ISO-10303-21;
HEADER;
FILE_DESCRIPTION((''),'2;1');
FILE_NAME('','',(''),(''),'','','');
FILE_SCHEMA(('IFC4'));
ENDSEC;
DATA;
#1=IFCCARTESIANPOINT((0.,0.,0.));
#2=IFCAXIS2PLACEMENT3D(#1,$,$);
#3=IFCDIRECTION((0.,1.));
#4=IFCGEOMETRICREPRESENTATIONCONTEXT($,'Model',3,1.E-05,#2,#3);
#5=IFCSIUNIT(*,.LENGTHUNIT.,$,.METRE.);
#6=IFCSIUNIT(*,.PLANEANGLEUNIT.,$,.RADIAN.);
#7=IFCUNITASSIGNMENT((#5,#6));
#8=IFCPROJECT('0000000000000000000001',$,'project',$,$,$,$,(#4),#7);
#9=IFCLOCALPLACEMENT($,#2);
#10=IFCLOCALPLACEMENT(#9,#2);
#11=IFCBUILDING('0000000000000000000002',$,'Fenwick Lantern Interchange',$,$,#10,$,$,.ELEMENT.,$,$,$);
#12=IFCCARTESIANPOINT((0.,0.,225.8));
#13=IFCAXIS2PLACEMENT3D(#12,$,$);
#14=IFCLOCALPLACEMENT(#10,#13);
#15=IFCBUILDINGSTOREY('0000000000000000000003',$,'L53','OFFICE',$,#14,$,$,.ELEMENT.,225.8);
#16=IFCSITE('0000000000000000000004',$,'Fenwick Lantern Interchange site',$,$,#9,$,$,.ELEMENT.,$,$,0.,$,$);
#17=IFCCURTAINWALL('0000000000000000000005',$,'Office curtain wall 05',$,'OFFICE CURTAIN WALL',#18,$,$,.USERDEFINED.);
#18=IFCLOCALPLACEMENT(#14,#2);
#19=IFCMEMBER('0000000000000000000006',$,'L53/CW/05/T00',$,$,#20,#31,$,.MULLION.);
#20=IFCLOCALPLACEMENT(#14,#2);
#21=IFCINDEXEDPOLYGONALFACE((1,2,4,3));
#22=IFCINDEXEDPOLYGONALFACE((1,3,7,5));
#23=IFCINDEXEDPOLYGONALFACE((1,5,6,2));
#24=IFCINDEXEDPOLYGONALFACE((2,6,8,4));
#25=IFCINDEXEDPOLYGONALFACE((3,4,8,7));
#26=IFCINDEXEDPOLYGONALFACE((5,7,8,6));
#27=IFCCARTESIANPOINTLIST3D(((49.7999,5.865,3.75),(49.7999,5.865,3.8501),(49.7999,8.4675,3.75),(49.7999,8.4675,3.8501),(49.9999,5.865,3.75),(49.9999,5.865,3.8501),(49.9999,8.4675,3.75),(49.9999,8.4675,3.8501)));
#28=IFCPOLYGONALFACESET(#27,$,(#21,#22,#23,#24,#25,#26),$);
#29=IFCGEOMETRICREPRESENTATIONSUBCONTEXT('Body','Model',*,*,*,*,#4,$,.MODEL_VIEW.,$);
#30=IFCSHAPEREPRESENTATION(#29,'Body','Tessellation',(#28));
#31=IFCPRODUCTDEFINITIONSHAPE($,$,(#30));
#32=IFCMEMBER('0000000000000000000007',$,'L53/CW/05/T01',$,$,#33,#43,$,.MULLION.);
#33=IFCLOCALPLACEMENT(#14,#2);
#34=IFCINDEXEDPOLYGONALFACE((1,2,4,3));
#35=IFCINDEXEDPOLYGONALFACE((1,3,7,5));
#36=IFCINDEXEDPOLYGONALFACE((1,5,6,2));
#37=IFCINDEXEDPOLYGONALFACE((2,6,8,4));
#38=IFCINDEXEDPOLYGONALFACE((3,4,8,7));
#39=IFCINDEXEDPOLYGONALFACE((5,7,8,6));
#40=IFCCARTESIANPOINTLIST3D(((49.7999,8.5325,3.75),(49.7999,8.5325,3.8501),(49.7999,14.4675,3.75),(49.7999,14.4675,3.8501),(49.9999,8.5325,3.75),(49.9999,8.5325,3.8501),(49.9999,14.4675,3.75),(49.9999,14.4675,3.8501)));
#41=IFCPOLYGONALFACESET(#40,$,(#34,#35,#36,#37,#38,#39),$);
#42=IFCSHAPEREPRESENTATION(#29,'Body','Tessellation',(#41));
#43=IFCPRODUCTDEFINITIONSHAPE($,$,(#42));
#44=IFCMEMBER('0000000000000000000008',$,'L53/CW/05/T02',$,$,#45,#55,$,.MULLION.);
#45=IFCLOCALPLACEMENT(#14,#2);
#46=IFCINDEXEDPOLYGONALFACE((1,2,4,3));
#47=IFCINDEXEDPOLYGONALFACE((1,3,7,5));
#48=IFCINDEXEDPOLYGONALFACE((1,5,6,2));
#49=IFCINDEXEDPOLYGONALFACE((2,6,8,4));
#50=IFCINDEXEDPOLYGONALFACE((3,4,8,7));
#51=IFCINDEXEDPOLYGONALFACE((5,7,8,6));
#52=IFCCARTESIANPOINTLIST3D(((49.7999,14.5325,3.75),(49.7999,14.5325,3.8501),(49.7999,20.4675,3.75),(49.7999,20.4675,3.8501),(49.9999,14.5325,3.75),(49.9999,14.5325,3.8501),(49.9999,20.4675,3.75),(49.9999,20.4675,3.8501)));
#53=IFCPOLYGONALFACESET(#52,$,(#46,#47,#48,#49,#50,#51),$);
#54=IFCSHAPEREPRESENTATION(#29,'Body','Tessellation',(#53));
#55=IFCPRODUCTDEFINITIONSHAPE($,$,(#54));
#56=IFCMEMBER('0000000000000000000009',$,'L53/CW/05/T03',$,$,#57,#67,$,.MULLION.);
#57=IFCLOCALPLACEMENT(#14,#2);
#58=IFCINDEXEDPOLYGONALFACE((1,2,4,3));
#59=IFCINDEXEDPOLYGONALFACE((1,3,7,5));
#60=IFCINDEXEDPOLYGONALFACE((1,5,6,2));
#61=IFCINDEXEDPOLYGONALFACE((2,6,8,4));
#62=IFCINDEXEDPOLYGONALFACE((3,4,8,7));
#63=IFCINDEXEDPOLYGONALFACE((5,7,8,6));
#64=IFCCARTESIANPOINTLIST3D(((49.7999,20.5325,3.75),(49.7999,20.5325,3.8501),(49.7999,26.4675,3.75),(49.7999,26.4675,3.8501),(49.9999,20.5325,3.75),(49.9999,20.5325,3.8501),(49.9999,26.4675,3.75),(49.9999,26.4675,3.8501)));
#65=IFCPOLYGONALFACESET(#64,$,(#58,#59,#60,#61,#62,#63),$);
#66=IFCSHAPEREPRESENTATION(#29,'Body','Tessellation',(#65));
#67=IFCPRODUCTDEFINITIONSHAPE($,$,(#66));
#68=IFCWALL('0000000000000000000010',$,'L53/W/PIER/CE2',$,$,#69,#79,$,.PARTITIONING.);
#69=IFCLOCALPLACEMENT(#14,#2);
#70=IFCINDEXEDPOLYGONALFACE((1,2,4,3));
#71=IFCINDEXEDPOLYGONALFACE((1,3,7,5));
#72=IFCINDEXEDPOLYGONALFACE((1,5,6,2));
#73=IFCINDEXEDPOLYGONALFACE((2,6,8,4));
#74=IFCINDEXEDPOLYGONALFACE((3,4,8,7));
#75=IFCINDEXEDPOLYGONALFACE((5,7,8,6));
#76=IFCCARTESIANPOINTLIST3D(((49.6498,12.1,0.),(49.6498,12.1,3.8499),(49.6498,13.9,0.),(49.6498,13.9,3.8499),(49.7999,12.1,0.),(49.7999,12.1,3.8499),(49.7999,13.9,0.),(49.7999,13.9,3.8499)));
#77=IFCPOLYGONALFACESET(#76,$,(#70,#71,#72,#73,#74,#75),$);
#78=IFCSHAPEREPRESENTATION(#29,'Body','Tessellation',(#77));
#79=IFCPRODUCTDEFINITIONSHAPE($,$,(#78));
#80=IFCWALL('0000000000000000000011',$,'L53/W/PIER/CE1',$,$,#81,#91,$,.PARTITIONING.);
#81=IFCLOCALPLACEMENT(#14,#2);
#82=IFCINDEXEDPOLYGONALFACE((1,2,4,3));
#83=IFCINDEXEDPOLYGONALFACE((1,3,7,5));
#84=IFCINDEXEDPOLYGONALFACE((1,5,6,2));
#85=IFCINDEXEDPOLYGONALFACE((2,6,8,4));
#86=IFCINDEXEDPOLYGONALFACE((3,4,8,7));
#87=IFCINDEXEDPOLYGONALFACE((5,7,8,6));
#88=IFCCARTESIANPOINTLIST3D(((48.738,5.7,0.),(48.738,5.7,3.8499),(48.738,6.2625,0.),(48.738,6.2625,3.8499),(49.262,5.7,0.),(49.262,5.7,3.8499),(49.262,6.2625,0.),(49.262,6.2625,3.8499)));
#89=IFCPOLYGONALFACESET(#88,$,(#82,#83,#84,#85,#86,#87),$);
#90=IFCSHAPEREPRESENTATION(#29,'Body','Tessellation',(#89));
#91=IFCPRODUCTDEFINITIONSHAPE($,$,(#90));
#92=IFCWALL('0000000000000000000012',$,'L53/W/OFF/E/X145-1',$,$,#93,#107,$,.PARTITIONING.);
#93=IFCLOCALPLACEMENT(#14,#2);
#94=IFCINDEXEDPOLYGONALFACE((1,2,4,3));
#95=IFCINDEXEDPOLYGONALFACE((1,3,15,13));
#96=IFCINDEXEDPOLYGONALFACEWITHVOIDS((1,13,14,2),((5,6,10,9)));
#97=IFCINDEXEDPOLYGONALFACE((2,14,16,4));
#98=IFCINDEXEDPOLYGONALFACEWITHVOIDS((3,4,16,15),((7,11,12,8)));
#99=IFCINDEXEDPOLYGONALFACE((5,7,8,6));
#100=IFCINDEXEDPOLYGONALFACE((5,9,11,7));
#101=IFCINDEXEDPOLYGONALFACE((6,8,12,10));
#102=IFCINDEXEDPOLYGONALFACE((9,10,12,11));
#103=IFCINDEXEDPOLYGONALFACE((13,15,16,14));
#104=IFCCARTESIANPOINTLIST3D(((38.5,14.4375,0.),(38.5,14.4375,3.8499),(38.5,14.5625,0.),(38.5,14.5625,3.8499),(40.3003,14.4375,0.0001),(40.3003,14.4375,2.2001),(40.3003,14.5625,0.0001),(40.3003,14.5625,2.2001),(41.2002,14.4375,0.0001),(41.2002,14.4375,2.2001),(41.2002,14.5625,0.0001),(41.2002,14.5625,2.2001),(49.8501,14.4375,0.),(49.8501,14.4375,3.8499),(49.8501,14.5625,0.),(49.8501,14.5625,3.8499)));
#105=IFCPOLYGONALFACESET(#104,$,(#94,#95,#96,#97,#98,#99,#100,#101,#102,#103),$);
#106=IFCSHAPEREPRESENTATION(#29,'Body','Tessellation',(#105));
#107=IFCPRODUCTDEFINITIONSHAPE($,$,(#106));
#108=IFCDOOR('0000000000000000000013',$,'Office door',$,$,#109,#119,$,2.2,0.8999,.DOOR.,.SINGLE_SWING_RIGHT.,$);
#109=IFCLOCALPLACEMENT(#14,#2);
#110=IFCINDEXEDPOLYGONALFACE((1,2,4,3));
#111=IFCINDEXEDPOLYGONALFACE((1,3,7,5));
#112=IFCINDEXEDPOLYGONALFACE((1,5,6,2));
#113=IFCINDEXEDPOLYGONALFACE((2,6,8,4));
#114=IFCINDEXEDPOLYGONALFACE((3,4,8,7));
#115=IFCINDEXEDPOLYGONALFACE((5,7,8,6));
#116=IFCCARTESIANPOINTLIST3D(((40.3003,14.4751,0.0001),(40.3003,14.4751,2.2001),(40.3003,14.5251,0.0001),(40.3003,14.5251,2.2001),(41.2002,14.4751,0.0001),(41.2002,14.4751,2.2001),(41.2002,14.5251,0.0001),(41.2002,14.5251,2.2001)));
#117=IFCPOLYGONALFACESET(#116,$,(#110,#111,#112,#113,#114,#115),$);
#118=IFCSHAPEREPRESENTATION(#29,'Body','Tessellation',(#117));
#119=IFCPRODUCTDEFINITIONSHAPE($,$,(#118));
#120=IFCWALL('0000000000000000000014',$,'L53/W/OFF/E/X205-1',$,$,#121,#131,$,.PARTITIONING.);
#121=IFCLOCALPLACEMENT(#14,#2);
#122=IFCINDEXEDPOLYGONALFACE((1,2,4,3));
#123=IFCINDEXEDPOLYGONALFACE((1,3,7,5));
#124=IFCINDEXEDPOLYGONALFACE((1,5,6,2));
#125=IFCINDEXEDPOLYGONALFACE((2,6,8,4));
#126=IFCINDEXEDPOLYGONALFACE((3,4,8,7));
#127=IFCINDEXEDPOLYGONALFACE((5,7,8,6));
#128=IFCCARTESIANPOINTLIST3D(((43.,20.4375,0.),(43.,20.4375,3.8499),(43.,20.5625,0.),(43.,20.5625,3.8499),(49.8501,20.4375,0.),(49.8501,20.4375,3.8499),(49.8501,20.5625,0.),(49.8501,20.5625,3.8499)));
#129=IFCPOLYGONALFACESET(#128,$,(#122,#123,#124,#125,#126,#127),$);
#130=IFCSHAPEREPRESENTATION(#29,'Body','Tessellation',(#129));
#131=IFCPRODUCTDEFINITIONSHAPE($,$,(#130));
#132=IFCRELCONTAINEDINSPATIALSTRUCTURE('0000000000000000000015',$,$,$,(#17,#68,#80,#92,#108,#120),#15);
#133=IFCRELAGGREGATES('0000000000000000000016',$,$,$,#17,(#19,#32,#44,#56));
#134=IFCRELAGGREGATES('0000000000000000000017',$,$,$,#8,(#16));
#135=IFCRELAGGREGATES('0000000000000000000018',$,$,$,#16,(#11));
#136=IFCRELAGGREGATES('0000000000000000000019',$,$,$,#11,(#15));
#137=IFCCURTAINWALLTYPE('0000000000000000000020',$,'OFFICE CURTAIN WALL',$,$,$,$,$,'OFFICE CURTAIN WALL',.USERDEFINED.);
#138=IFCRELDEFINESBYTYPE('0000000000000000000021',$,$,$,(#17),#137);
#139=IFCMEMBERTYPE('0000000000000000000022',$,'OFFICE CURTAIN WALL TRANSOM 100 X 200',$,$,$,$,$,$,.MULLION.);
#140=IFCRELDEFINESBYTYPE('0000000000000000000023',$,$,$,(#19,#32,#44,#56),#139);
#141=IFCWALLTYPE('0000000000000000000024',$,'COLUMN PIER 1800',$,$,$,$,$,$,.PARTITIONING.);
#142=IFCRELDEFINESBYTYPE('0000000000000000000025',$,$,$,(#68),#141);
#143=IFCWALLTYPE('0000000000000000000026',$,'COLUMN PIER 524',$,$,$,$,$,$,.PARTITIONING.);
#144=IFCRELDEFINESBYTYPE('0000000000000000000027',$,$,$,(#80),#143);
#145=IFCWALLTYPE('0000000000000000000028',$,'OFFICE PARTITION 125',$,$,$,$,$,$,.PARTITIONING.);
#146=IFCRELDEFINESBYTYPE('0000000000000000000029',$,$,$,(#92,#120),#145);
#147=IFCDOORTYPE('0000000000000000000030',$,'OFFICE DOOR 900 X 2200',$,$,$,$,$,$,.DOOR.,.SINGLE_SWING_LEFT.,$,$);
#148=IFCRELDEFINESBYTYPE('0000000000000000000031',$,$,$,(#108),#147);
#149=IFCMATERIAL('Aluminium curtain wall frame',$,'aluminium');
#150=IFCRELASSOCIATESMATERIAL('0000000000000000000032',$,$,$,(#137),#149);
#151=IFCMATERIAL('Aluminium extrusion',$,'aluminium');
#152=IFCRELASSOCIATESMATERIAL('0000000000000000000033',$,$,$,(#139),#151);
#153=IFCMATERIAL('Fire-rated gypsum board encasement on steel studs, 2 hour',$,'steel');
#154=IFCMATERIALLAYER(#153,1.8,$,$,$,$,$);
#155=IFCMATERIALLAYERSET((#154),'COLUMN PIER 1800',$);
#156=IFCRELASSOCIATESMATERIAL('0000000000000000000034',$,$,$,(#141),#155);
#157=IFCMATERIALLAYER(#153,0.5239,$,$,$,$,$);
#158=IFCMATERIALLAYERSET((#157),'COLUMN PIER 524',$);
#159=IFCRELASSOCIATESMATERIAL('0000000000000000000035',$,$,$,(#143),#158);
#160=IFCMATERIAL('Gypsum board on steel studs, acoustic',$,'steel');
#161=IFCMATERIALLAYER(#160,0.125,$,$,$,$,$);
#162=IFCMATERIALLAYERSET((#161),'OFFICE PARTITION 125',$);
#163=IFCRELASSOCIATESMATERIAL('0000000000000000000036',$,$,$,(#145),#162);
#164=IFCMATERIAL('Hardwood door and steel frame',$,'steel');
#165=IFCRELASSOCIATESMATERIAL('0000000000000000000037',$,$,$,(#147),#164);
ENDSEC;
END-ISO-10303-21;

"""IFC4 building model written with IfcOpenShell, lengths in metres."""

from ifc_helpers import new_model, si_unit, direction, frame, frame_2d, origin, origin_2d, place, context, subcontext, project, spatial, rectangle, extrude, material, layer, layer_set, material_profile, profile_set, type_object, element, fill, aggregate, save


model = new_model("IFC4")

# Units and contexts
model_context = context("Model", 3, precision=1e-05, world=origin(), true_north=direction((0.0, 1.0)))
body_context = subcontext(model_context, "Body", "Model", "MODEL_VIEW")
ifc_project = project(units=[si_unit("LENGTHUNIT", "METRE"), si_unit("PLANEANGLEUNIT", "RADIAN")], contexts=[model_context])

# Site, building, storey
site_placement = place(None, origin())
site = spatial("IfcSite", under=ifc_project, at=site_placement, Name="Fenwick Lantern Interchange site", CompositionType="ELEMENT", RefElevation=0.0)
building_placement = place(site_placement, origin())
building = spatial("IfcBuilding", under=site, at=building_placement, Name="Fenwick Lantern Interchange", CompositionType="ELEMENT")
storey_placement = place(building_placement, frame((0.0, 0.0, 225.8)))
storey = spatial("IfcBuildingStorey", under=building, at=storey_placement, Name="L53", Description="OFFICE", CompositionType="ELEMENT", Elevation=225.8)

# Curtain wall, members
ifc_material_1 = material(Name="Aluminium curtain wall frame", Category="aluminium")
curtain_wall_type = type_object("IfcCurtainWallType", Name="OFFICE CURTAIN WALL", ElementType="OFFICE CURTAIN WALL", PredefinedType="USERDEFINED", material=ifc_material_1)
curtain_wall_placement = place(storey_placement, origin())
curtain_wall = element("IfcCurtainWall", 1, at=curtain_wall_placement, inside=storey, type_object=curtain_wall_type, Name="Office curtain wall 05", ObjectType="OFFICE CURTAIN WALL", PredefinedType="USERDEFINED")
ifc_material_2 = material(Name="Aluminium extrusion", Category="aluminium")
ifc_material_profile_1 = material_profile(ifc_material_2, rectangle(XDim=0.2, YDim=0.1001, at=origin_2d()), Name="OFFICE CURTAIN WALL TRANSOM 100 X 200")
ifc_profile_set_1 = profile_set([ifc_material_profile_1], Name="Aluminium extrusion")
member_type_1 = type_object("IfcMemberType", Name="OFFICE CURTAIN WALL TRANSOM 100 X 200", PredefinedType="MULLION", material=ifc_profile_set_1)
member_1_placement = place(storey_placement, frame((49.8999, 5.865, 3.8), z_axis=(0.0, 1.0, 0.0), x_axis=(-1.0, 0.0, 0.0)))
member_1 = element("IfcMember", 2, at=member_1_placement, type_object=member_type_1, Name="L53/CW/05/T00", PredefinedType="MULLION", context=body_context, shape_type="SweptSolid", body=[
    extrude(rectangle(XDim=0.2, YDim=0.1001, at=origin_2d()), origin(), (0.0, 0.0, 1.0), 2.6025),
])
member_2_placement = place(storey_placement, frame((49.8999, 8.5325, 3.8), z_axis=(0.0, 1.0, 0.0), x_axis=(-1.0, 0.0, 0.0)))
member_2 = element("IfcMember", 3, at=member_2_placement, type_object=member_type_1, Name="L53/CW/05/T01", PredefinedType="MULLION", context=body_context, shape_type="SweptSolid", body=[
    extrude(rectangle(XDim=0.2, YDim=0.1001, at=origin_2d()), origin(), (0.0, 0.0, 1.0), 5.9351),
])
member_3_placement = place(storey_placement, frame((49.8999, 14.5325, 3.8), z_axis=(0.0, 1.0, 0.0), x_axis=(-1.0, 0.0, 0.0)))
member_3 = element("IfcMember", 4, at=member_3_placement, type_object=member_type_1, Name="L53/CW/05/T02", PredefinedType="MULLION", context=body_context, shape_type="SweptSolid", body=[
    extrude(rectangle(XDim=0.2, YDim=0.1001, at=origin_2d()), origin(), (0.0, 0.0, 1.0), 5.9351),
])
member_4_placement = place(storey_placement, frame((49.8999, 20.5325, 3.8), z_axis=(0.0, 1.0, 0.0), x_axis=(-1.0, 0.0, 0.0)))
member_4 = element("IfcMember", 5, at=member_4_placement, type_object=member_type_1, Name="L53/CW/05/T03", PredefinedType="MULLION", context=body_context, shape_type="SweptSolid", body=[
    extrude(rectangle(XDim=0.2, YDim=0.1001, at=origin_2d()), origin(), (0.0, 0.0, 1.0), 5.9351),
])
aggregate(curtain_wall, [member_1, member_2, member_3, member_4])

# Walls
ifc_material_3 = material(Name="Fire-rated gypsum board encasement on steel studs, 2 hour", Category="steel")
ifc_layer_1 = layer(ifc_material_3, 1.8)
ifc_layer_set_1 = layer_set([ifc_layer_1], Name="COLUMN PIER 1800")
wall_type_1 = type_object("IfcWallType", Name="COLUMN PIER 1800", PredefinedType="PARTITIONING", material=ifc_layer_set_1)
wall_1_placement = place(storey_placement, frame((49.8, 13.0, 0.0), z_axis=(0.0, 0.0, 1.0), x_axis=(-1.0, 0.0, 0.0)))
element("IfcWall", 6, at=wall_1_placement, inside=storey, type_object=wall_type_1, Name="L53/W/PIER/CE2", PredefinedType="PARTITIONING", context=body_context, shape_type="SweptSolid", body=[
    extrude(rectangle(XDim=0.1501, YDim=1.8, at=frame_2d((0.0752, 0.0))), origin(), (0.0, 0.0, 1.0), 3.8499),
])
ifc_layer_2 = layer(ifc_material_3, 0.5239)
ifc_layer_set_2 = layer_set([ifc_layer_2], Name="COLUMN PIER 524")
wall_type_2 = type_object("IfcWallType", Name="COLUMN PIER 524", PredefinedType="PARTITIONING", material=ifc_layer_set_2)
wall_2_placement = place(storey_placement, frame((49.0, 5.7, 0.0), z_axis=(0.0, 0.0, 1.0), x_axis=(0.0, 1.0, 0.0)))
element("IfcWall", 7, at=wall_2_placement, inside=storey, type_object=wall_type_2, Name="L53/W/PIER/CE1", PredefinedType="PARTITIONING", context=body_context, shape_type="SweptSolid", body=[
    extrude(rectangle(XDim=0.5625, YDim=0.5239, at=frame_2d((0.2812, 0.0))), origin(), (0.0, 0.0, 1.0), 3.8499),
])

# Wall, opening, door
ifc_material_4 = material(Name="Gypsum board on steel studs, acoustic", Category="steel")
ifc_layer_3 = layer(ifc_material_4, 0.125)
ifc_layer_set_3 = layer_set([ifc_layer_3], Name="OFFICE PARTITION 125")
wall_type_3 = type_object("IfcWallType", Name="OFFICE PARTITION 125", PredefinedType="PARTITIONING", material=ifc_layer_set_3)
wall_3_placement = place(storey_placement, frame((49.8501, 14.5, 0.0), z_axis=(0.0, 0.0, 1.0), x_axis=(-1.0, 0.0, 0.0)))
wall_3 = element("IfcWall", 8, at=wall_3_placement, inside=storey, type_object=wall_type_3, Name="L53/W/OFF/E/X145-1", PredefinedType="PARTITIONING", context=body_context, shape_type="SweptSolid", body=[
    extrude(rectangle(XDim=11.3501, YDim=0.125, at=frame_2d((5.675, 0.0))), origin(), (0.0, 0.0, 1.0), 3.8499),
])
opening_1_placement = place(wall_3_placement, frame((8.6499, 0.0, 0.0)))
opening_1 = element("IfcOpeningElement", 9, at=opening_1_placement, cuts=wall_3, PredefinedType="OPENING", context=body_context, shape_type="SweptSolid", body=[
    extrude(rectangle(XDim=0.8999, YDim=2.2, at=frame_2d((0.45, 1.1001))), frame((0.0, 0.0725, 0.0), z_axis=(0.0, -1.0, 0.0), x_axis=(1.0, 0.0, 0.0)), (0.0, 0.0, 1.0), 0.145),
])
ifc_material_5 = material(Name="Hardwood door and steel frame", Category="steel")
door_type = type_object("IfcDoorType", Name="OFFICE DOOR 900 X 2200", OperationType="SINGLE_SWING_LEFT", PredefinedType="DOOR", material=ifc_material_5)
door_1_placement = place(opening_1_placement, origin())
door_1 = element("IfcDoor", 10, at=door_1_placement, inside=storey, type_object=door_type, Name="Office door", OperationType="SINGLE_SWING_RIGHT", OverallHeight=2.2, OverallWidth=0.8999, PredefinedType="DOOR", context=body_context, shape_type="SweptSolid", body=[
    extrude(rectangle(XDim=0.8999, YDim=2.2, at=frame_2d((0.45, 1.1001))), frame((0.0, 0.0249, 0.0), z_axis=(0.0, -1.0, 0.0), x_axis=(1.0, 0.0, 0.0)), (0.0, 0.0, 1.0), 0.05),
])
fill(opening_1, door_1)

# Wall
wall_4_placement = place(storey_placement, frame((49.8501, 20.5, 0.0), z_axis=(0.0, 0.0, 1.0), x_axis=(-1.0, 0.0, 0.0)))
element("IfcWall", 11, at=wall_4_placement, inside=storey, type_object=wall_type_3, Name="L53/W/OFF/E/X205-1", PredefinedType="PARTITIONING", context=body_context, shape_type="SweptSolid", body=[
    extrude(rectangle(XDim=6.8501, YDim=0.125, at=frame_2d((3.425, 0.0))), origin(), (0.0, 0.0, 1.0), 3.8499),
])

save(model, "model.ifc")
